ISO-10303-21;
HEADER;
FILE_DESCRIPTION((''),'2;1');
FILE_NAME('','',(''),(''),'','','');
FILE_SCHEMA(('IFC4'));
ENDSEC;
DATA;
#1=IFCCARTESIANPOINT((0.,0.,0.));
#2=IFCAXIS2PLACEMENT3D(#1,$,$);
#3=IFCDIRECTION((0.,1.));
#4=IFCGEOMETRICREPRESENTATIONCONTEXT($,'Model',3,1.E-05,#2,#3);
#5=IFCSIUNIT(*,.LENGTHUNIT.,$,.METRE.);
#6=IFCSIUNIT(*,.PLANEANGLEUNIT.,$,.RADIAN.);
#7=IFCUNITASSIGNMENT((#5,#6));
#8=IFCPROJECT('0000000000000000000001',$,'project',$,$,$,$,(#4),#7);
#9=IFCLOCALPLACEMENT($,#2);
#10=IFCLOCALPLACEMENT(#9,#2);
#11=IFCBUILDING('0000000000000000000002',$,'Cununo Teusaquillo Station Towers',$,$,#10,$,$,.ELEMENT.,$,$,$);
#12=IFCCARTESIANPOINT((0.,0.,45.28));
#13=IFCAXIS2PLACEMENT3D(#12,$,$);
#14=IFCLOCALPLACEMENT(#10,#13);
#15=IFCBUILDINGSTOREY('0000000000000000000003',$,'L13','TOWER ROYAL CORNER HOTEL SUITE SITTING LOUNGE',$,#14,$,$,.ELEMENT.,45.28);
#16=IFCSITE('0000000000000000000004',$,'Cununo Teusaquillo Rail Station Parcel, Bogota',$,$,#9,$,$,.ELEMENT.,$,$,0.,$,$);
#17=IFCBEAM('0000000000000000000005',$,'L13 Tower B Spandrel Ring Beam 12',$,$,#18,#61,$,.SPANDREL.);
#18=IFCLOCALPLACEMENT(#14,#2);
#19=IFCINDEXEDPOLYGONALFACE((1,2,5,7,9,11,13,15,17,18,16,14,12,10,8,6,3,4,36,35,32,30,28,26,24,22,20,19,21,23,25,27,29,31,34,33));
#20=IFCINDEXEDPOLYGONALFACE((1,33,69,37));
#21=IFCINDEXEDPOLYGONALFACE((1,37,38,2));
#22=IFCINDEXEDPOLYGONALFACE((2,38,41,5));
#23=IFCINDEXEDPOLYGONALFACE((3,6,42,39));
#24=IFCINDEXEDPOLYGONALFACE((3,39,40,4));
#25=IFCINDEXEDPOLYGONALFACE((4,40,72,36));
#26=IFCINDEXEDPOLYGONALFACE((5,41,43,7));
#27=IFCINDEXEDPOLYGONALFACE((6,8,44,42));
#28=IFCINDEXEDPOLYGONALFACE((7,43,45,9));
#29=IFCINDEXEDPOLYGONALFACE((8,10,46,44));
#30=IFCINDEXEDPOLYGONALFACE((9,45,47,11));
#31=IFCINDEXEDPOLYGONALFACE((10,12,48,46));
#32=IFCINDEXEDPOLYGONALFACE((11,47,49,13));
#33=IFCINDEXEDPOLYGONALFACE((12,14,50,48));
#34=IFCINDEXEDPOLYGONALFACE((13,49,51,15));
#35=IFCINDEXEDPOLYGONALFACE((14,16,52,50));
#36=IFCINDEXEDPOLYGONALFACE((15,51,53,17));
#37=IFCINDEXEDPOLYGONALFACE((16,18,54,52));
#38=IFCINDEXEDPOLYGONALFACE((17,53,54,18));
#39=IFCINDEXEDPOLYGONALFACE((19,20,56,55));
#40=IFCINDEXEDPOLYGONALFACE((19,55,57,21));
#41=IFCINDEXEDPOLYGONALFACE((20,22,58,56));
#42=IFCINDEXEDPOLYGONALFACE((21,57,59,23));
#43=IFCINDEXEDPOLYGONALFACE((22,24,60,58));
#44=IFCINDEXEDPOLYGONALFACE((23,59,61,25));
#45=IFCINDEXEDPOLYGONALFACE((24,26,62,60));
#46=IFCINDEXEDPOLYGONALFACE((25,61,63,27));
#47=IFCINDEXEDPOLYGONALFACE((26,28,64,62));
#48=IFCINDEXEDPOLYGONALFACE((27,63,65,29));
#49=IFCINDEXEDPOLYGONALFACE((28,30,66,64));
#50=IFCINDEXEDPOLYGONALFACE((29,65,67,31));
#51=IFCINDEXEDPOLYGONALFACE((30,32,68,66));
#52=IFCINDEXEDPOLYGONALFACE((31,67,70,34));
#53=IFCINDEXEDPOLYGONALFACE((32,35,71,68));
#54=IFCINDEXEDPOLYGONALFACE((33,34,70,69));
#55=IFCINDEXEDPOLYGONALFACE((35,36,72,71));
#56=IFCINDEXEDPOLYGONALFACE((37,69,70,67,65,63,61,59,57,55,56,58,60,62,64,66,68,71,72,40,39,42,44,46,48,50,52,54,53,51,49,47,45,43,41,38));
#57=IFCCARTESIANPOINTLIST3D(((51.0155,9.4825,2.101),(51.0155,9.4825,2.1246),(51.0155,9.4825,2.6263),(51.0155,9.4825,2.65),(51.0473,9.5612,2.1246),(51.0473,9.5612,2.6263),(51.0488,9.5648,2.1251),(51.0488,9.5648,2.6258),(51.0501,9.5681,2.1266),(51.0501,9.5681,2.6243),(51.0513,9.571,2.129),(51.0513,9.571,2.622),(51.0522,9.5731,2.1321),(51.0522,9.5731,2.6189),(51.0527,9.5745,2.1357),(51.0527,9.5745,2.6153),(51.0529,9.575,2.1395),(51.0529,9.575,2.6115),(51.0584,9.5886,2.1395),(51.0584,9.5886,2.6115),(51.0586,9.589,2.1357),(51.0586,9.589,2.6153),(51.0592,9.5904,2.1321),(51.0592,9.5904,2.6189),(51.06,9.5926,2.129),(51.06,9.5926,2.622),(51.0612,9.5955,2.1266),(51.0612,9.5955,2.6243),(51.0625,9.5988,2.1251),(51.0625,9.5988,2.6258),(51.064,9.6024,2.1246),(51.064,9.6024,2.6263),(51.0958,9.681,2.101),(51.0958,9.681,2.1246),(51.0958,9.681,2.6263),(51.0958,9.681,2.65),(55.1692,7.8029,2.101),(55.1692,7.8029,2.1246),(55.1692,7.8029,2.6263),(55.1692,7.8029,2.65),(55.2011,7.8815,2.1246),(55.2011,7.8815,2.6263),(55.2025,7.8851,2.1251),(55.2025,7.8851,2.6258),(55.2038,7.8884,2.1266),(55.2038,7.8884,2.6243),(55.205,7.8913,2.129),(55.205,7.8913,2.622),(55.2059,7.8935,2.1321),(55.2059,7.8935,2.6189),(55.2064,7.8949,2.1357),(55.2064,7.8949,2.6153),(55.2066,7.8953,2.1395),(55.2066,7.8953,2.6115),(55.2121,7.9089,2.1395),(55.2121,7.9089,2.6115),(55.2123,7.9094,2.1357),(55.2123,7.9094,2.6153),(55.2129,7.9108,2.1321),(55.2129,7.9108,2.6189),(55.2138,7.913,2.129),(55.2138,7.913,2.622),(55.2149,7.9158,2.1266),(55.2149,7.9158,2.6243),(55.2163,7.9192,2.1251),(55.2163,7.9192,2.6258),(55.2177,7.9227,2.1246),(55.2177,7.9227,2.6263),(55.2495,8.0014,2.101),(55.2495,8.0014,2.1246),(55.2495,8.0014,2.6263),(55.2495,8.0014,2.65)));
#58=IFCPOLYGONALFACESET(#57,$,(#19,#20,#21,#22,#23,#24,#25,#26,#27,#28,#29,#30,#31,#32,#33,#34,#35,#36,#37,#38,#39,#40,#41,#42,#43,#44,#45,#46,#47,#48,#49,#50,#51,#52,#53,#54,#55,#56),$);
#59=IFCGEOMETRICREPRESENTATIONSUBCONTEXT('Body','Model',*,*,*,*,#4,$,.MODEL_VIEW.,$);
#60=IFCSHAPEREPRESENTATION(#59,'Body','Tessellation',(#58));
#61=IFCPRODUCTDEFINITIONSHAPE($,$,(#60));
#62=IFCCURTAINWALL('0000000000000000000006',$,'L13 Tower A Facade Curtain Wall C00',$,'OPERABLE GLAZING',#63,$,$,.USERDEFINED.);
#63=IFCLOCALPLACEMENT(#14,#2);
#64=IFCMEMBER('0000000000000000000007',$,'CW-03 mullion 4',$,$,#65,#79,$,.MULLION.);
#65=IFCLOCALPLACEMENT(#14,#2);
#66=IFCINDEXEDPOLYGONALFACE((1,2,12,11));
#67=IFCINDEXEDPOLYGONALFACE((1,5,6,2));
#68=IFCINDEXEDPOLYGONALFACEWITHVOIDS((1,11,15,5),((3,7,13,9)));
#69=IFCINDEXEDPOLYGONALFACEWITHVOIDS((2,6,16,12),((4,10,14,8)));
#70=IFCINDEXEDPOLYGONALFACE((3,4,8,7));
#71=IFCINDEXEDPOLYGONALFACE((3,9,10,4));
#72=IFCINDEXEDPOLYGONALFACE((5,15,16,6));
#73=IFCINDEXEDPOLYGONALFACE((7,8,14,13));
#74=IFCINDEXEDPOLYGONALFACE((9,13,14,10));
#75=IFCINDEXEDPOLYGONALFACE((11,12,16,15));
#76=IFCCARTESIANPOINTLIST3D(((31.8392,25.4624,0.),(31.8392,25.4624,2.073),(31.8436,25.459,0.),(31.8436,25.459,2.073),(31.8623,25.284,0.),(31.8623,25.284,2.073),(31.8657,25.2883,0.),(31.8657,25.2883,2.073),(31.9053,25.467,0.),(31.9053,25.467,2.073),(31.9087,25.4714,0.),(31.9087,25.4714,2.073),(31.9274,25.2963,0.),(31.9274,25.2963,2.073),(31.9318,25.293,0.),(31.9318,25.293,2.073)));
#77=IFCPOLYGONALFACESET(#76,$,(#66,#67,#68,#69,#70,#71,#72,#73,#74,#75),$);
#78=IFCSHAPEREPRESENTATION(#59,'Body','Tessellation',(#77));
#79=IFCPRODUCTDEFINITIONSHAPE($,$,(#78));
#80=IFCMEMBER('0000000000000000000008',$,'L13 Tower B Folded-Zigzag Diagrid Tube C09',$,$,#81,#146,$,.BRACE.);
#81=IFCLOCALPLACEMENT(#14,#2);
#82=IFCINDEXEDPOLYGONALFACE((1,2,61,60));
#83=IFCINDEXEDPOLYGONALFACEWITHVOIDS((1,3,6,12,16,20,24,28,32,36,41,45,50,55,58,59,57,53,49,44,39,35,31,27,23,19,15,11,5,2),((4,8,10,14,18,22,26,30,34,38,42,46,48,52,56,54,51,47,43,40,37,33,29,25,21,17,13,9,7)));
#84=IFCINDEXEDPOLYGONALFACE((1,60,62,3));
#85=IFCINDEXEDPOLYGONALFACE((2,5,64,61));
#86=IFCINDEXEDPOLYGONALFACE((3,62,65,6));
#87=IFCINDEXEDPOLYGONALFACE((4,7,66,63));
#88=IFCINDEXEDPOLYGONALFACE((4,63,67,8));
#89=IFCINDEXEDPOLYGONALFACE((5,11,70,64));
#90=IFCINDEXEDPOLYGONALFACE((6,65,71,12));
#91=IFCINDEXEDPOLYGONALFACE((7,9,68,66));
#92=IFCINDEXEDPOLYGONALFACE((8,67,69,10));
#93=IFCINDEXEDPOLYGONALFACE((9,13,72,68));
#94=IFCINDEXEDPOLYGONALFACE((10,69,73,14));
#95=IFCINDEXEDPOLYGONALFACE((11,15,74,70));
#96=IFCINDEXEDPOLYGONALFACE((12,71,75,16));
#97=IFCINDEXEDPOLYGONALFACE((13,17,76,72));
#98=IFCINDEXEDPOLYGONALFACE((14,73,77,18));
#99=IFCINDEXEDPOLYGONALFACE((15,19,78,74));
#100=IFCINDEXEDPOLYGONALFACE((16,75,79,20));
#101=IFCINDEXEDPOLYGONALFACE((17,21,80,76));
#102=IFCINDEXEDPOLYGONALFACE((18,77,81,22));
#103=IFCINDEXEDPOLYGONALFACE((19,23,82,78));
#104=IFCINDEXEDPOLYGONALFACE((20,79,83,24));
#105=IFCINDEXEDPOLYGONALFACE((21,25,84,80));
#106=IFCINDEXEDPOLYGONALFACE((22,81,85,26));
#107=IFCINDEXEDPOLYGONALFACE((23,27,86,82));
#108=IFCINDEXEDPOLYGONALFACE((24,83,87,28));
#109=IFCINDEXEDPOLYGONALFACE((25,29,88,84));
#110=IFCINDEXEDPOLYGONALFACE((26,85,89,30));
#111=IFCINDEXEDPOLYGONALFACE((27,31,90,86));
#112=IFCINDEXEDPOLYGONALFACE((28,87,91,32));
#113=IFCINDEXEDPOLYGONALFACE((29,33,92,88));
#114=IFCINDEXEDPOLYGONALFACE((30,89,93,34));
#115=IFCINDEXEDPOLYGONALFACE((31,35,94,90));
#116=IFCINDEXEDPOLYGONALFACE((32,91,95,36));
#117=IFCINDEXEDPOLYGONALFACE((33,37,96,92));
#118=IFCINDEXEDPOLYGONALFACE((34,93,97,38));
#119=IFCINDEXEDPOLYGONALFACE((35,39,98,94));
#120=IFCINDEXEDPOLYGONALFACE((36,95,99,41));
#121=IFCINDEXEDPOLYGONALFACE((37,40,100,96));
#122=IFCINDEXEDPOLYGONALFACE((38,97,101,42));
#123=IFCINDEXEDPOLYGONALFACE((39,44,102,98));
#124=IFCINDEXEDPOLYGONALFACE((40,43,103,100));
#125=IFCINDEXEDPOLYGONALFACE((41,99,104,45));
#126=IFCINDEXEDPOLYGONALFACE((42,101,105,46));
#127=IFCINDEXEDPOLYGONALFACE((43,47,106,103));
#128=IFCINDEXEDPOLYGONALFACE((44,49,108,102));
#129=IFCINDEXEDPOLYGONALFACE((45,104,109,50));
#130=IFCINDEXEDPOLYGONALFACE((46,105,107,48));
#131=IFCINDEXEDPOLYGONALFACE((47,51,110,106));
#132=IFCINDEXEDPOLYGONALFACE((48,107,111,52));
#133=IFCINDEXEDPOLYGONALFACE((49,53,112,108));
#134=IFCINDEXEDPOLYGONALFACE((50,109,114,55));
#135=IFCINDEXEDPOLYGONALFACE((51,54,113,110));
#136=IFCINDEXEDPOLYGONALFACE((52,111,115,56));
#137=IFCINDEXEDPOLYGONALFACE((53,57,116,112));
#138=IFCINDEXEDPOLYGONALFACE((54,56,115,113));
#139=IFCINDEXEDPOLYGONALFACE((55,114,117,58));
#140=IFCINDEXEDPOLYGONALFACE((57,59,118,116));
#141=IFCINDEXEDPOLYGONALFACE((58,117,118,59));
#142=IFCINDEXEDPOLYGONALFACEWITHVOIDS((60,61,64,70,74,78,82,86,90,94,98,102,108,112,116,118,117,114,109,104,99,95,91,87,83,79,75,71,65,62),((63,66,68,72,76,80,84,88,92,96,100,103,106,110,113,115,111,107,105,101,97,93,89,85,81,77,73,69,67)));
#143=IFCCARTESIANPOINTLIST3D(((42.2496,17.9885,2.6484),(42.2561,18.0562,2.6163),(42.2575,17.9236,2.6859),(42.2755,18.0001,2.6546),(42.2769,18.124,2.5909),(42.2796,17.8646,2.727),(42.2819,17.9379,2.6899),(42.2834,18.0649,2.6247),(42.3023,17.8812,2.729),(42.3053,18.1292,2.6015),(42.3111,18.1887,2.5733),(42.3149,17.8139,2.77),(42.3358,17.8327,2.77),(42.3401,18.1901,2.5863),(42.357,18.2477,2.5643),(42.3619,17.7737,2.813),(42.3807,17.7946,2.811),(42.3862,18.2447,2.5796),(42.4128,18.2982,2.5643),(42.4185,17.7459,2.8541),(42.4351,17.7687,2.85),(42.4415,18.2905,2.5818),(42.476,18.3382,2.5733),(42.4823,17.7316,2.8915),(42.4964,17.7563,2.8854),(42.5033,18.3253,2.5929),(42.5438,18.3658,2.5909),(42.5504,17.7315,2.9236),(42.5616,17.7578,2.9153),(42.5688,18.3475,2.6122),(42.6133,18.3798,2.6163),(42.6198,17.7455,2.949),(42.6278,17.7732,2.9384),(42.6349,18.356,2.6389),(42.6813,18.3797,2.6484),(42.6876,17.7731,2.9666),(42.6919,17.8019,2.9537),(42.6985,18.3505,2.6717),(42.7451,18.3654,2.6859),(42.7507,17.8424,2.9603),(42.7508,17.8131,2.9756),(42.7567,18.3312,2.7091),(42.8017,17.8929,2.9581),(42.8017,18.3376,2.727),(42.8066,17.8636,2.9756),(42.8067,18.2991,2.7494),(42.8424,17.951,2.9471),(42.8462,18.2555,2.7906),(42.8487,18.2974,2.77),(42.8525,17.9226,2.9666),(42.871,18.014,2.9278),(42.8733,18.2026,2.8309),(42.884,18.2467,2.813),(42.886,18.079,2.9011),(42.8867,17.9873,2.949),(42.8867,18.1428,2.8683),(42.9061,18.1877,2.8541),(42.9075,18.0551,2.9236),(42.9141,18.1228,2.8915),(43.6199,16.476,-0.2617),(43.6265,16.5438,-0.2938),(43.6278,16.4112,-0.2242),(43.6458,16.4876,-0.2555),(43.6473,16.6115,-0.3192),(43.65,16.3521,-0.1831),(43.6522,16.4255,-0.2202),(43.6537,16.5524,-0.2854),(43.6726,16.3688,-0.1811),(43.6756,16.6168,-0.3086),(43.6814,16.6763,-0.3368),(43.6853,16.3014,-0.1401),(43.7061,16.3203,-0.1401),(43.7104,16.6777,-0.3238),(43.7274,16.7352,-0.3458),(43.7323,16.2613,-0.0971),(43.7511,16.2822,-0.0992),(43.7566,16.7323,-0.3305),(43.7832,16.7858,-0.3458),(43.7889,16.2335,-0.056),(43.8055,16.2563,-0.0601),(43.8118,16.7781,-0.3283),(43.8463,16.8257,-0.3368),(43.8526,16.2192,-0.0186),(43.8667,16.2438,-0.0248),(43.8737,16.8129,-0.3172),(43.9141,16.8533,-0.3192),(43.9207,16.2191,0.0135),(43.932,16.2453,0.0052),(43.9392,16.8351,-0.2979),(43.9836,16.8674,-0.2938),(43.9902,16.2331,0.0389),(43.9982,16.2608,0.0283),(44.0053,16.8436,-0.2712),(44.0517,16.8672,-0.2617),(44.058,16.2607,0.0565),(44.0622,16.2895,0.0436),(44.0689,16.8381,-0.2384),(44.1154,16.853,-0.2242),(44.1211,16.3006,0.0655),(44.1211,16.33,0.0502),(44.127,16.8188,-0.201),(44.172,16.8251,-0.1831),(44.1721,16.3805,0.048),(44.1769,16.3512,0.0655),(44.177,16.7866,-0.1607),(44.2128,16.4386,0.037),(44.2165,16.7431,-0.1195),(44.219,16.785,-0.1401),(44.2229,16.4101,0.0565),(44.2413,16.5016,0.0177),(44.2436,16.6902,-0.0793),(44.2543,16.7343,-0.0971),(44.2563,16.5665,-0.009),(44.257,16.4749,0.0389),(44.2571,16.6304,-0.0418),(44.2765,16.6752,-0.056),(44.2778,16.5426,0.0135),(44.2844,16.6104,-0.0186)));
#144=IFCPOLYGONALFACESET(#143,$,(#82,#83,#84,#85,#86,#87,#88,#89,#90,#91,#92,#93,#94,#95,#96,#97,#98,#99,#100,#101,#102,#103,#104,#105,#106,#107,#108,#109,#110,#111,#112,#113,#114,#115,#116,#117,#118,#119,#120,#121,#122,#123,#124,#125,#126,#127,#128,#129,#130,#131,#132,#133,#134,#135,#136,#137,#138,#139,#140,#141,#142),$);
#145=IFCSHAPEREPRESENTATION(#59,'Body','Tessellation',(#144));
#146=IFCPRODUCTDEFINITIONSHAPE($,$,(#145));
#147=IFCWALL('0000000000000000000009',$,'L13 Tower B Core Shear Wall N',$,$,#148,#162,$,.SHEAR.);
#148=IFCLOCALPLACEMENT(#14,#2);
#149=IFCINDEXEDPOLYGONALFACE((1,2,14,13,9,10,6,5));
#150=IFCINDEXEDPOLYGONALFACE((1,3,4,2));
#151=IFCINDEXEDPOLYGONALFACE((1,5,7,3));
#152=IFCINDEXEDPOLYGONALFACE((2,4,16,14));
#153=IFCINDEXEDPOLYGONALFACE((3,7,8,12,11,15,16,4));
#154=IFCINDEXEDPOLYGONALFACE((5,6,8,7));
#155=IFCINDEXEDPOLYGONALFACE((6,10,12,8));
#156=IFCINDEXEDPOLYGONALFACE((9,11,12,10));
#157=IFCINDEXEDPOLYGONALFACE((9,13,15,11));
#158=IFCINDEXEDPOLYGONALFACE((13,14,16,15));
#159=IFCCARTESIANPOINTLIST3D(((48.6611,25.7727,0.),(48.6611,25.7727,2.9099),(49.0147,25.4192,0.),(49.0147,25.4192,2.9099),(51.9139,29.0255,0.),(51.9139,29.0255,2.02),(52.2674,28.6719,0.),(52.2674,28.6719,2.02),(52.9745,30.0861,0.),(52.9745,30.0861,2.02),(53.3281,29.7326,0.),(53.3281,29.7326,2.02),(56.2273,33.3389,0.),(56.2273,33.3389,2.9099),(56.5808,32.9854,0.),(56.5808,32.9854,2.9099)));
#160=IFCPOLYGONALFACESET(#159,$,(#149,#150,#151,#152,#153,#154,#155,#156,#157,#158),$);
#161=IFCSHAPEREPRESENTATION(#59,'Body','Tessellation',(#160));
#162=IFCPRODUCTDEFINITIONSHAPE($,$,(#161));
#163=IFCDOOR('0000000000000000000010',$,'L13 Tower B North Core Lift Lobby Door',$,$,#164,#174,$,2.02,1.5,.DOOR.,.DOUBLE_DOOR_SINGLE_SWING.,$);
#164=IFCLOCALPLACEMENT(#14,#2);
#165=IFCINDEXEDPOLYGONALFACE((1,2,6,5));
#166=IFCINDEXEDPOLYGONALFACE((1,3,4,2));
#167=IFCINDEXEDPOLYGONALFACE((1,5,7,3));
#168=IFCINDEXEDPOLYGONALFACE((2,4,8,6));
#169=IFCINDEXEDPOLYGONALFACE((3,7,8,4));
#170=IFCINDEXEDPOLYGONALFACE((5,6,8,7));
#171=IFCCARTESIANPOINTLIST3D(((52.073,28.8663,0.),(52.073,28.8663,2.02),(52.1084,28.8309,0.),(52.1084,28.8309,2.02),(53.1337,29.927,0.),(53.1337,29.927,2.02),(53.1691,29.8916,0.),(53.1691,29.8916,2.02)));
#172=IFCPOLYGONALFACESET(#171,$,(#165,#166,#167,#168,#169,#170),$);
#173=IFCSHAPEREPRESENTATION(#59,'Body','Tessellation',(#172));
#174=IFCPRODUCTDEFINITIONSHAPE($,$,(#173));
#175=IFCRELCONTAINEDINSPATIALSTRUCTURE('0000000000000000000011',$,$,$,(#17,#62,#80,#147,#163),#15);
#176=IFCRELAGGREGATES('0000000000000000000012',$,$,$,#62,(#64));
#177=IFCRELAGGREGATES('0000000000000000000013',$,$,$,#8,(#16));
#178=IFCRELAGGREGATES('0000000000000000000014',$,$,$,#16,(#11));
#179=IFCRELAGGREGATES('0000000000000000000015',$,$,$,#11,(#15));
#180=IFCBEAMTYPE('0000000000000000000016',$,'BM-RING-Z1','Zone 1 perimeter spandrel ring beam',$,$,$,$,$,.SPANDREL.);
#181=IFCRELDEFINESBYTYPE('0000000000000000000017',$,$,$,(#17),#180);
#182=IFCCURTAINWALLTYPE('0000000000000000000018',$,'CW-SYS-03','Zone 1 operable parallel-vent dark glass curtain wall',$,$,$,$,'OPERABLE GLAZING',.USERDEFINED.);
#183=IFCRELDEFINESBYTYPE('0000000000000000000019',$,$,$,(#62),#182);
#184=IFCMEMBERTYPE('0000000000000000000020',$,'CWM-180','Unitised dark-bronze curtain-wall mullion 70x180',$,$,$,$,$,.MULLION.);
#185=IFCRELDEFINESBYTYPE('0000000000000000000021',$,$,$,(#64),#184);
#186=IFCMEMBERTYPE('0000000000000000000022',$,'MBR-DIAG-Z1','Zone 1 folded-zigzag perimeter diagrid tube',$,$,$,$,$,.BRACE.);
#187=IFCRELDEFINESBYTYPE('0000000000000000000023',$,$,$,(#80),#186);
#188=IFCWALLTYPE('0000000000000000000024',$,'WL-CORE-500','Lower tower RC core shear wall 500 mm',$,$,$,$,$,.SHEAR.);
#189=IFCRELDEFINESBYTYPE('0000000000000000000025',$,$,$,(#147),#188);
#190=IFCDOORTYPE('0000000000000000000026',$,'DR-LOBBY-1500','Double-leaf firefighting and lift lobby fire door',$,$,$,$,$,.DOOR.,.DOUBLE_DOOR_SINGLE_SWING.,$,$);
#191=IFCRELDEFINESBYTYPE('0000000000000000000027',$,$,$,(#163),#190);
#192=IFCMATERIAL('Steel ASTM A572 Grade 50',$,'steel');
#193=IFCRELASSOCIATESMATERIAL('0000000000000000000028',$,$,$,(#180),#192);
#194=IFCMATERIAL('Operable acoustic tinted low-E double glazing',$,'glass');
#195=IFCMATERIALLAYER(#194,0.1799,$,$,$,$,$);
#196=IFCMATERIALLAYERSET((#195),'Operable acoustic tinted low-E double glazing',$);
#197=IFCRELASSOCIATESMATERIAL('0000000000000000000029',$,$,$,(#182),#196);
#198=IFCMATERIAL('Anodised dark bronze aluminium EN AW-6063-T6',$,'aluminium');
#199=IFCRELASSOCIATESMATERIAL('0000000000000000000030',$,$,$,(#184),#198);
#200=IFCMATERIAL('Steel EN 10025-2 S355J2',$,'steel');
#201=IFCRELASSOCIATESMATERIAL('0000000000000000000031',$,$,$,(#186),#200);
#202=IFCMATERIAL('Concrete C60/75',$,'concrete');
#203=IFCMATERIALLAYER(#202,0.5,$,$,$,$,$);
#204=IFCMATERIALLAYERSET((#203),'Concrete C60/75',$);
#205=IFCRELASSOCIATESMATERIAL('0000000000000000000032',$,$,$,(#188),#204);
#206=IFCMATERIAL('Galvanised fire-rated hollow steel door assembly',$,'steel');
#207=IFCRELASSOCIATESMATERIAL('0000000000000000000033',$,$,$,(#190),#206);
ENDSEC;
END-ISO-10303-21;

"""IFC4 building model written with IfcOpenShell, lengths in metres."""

from ifc_helpers import new_model, si_unit, direction, frame, frame_2d, origin, origin_2d, place, context, subcontext, project, spatial, rectangle, hollow_rectangle, hollow_circle, i_section, extrude, source, transform, mapped, material, layer, layer_set, material_profile, profile_set, type_object, element, fill, aggregate, save


model = new_model("IFC4")

# Units and contexts
model_context = context("Model", 3, precision=1e-05, world=origin(), true_north=direction((0.0, 1.0)))
body_context = subcontext(model_context, "Body", "Model", "MODEL_VIEW")
ifc_project = project(units=[si_unit("LENGTHUNIT", "METRE"), si_unit("PLANEANGLEUNIT", "RADIAN")], contexts=[model_context])

# Site, building, storey
site_placement = place(None, origin())
site = spatial("IfcSite", under=ifc_project, at=site_placement, Name="Cununo Teusaquillo Rail Station Parcel, Bogota", CompositionType="ELEMENT", RefElevation=0.0)
building_placement = place(site_placement, origin())
building = spatial("IfcBuilding", under=site, at=building_placement, Name="Cununo Teusaquillo Station Towers", CompositionType="ELEMENT")
storey_placement = place(building_placement, frame((0.0, 0.0, 45.28)))
storey = spatial("IfcBuildingStorey", under=building, at=storey_placement, Name="L13", Description="TOWER ROYAL CORNER HOTEL SUITE SITTING LOUNGE", CompositionType="ELEMENT", Elevation=45.28)

# Beam
ifc_material_1 = material(Name="Steel ASTM A572 Grade 50", Category="steel")
ifc_material_profile_1 = material_profile(ifc_material_1, i_section(OverallWidth=0.2141, OverallDepth=0.5491, WebThickness=0.0146, FlangeThickness=0.0237, FilletRadius=0.0149, at=origin_2d()), Name="W21X93")
ifc_profile_set_1 = profile_set([ifc_material_profile_1], Name="Steel ASTM A572 Grade 50")
beam_type_1 = type_object("IfcBeamType", Name="BM-RING-Z1", Description="Zone 1 perimeter spandrel ring beam", PredefinedType="SPANDREL", material=ifc_profile_set_1)
beam_1_placement = place(storey_placement, frame((51.0557, 9.5818, 2.3755), z_axis=(0.927072, -0.374883, 0.0), x_axis=(0.374883, 0.927072, 0.0)))
element("IfcBeam", 1, at=beam_1_placement, inside=storey, type_object=beam_type_1, Name="L13 Tower B Spandrel Ring Beam 12", PredefinedType="SPANDREL", context=body_context, shape_type="SweptSolid", body=[
    extrude(i_section(OverallWidth=0.2141, OverallDepth=0.5491, WebThickness=0.0146, FlangeThickness=0.0237, FilletRadius=0.0149, at=origin_2d()), origin(), (0.0, 0.0, 1.0), 4.4805),
])

# Curtain wall, member
ifc_material_2 = material(Name="Operable acoustic tinted low-E double glazing", Category="glass")
ifc_layer_1 = layer(ifc_material_2, 0.1799)
ifc_layer_set_1 = layer_set([ifc_layer_1], Name="Operable acoustic tinted low-E double glazing")
curtain_wall_type = type_object("IfcCurtainWallType", Name="CW-SYS-03", Description="Zone 1 operable parallel-vent dark glass curtain wall", ElementType="OPERABLE GLAZING", PredefinedType="USERDEFINED", material=ifc_layer_set_1)
curtain_wall_placement = place(storey_placement, origin())
curtain_wall = element("IfcCurtainWall", 2, at=curtain_wall_placement, inside=storey, type_object=curtain_wall_type, Name="L13 Tower A Facade Curtain Wall C00", ObjectType="OPERABLE GLAZING", PredefinedType="USERDEFINED")
ifc_material_3 = material(Name="Anodised dark bronze aluminium EN AW-6063-T6", Category="aluminium")
ifc_material_profile_2 = material_profile(ifc_material_3, hollow_rectangle(XDim=0.0701, YDim=0.1799, WallThickness=0.0039, at=origin_2d()), Name="CW-MULL-70x180")
ifc_profile_set_2 = profile_set([ifc_material_profile_2], Name="Anodised dark bronze aluminium EN AW-6063-T6")
member_type_1 = type_object("IfcMemberType", Name="CWM-180", Description="Unitised dark-bronze curtain-wall mullion 70x180", PredefinedType="MULLION", material=ifc_profile_set_2)
member_1_placement = place(storey_placement, frame((31.8855, 25.3777, 0.0), z_axis=(0.0, 0.0, 1.0), x_axis=(0.991731, 0.128336, 0.0)))
member_1 = element("IfcMember", 3, at=member_1_placement, type_object=member_type_1, Name="CW-03 mullion 4", PredefinedType="MULLION", context=body_context, shape_type="SweptSolid", body=[
    extrude(hollow_rectangle(XDim=0.0701, YDim=0.1799, WallThickness=0.0039, at=origin_2d()), origin(), (0.0, 0.0, 1.0), 2.073),
])
aggregate(curtain_wall, [member_1])

# Member
ifc_material_4 = material(Name="Steel EN 10025-2 S355J2", Category="steel")
ifc_material_profile_3 = material_profile(ifc_material_4, hollow_circle(Radius=0.3601, WallThickness=0.0281, at=origin_2d()), Name="CHS 720x28")
ifc_profile_set_3 = profile_set([ifc_material_profile_3], Name="Steel EN 10025-2 S355J2")
member_type_2 = type_object("IfcMemberType", Name="MBR-DIAG-Z1", Description="Zone 1 folded-zigzag perimeter diagrid tube", PredefinedType="BRACE", material=ifc_profile_set_3)
member_2_placement = place(storey_placement, frame((43.9521, 16.5432, -0.1401), z_axis=(-0.38553, 0.425504, 0.818727), x_axis=(-0.741059, -0.671439, 0.0)))
element("IfcMember", 4, at=member_2_placement, inside=storey, type_object=member_type_2, Name="L13 Tower B Folded-Zigzag Diagrid Tube C09", PredefinedType="BRACE", context=body_context, shape_type="SweptSolid", body=[
    extrude(hollow_circle(Radius=0.3601, WallThickness=0.0281, at=origin_2d()), origin(), (0.0, 0.0, 1.0), 3.5544),
])

# Wall, opening, door
ifc_material_5 = material(Name="Concrete C60/75", Category="concrete")
ifc_layer_2 = layer(ifc_material_5, 0.5)
ifc_layer_set_2 = layer_set([ifc_layer_2], Name="Concrete C60/75")
wall_type_1 = type_object("IfcWallType", Name="WL-CORE-500", Description="Lower tower RC core shear wall 500 mm", PredefinedType="SHEAR", material=ifc_layer_set_2)
wall_1_placement = place(storey_placement, frame((48.8379, 25.5959, 0.0), z_axis=(0.0, 0.0, 1.0), x_axis=(0.707107, 0.707107, 0.0)))
wall_1 = element("IfcWall", 5, at=wall_1_placement, inside=storey, type_object=wall_type_1, Name="L13 Tower B Core Shear Wall N", PredefinedType="SHEAR", context=body_context, shape_type="SweptSolid", body=[
    extrude(rectangle(XDim=10.7002, YDim=0.5, at=frame_2d((5.3501, 0.0))), origin(), (0.0, 0.0, 1.0), 2.9099),
])
shared_shape_1 = source(origin(), body_context, "Body", "SweptSolid", [
    extrude(rectangle(XDim=1.5, YDim=2.02, at=frame_2d((0.75, 1.01))), frame((0.0, 0.26, 0.0), z_axis=(0.0, -1.0, 0.0), x_axis=(1.0, 0.0, 0.0)), (0.0, 0.0, 1.0), 0.52),
])
opening_1_placement = place(wall_1_placement, frame((4.6001, 0.0, 0.0)))
opening_1 = element("IfcOpeningElement", 6, at=opening_1_placement, cuts=wall_1, PredefinedType="OPENING", context=body_context, shape_type="MappedRepresentation", body=[
    mapped(shared_shape_1, transform((0.0, 0.0, 0.0), x_axis=(1.0, 0.0, 0.0), y_axis=(0.0, 1.0, 0.0), z_axis=(0.0, 0.0, 1.0), scale=1.0)),
])
ifc_material_6 = material(Name="Galvanised fire-rated hollow steel door assembly", Category="steel")
door_type_1 = type_object("IfcDoorType", Name="DR-LOBBY-1500", Description="Double-leaf firefighting and lift lobby fire door", OperationType="DOUBLE_DOOR_SINGLE_SWING", PredefinedType="DOOR", material=ifc_material_6)
shared_shape_2 = source(origin(), body_context, "Body", "SweptSolid", [
    extrude(rectangle(XDim=1.5, YDim=2.02, at=frame_2d((0.75, 1.01))), frame((0.0, 0.0249, 0.0), z_axis=(0.0, -1.0, 0.0), x_axis=(1.0, 0.0, 0.0)), (0.0, 0.0, 1.0), 0.05),
])
door_1_placement = place(opening_1_placement, origin())
door_1 = element("IfcDoor", 7, at=door_1_placement, inside=storey, type_object=door_type_1, Name="L13 Tower B North Core Lift Lobby Door", OperationType="DOUBLE_DOOR_SINGLE_SWING", OverallHeight=2.02, OverallWidth=1.5, PredefinedType="DOOR", context=body_context, shape_type="MappedRepresentation", body=[
    mapped(shared_shape_2, transform((0.0, 0.0, 0.0), x_axis=(1.0, 0.0, 0.0), y_axis=(0.0, 1.0, 0.0), z_axis=(0.0, 0.0, 1.0), scale=1.0)),
])
fill(opening_1, door_1)

save(model, "model.ifc")
